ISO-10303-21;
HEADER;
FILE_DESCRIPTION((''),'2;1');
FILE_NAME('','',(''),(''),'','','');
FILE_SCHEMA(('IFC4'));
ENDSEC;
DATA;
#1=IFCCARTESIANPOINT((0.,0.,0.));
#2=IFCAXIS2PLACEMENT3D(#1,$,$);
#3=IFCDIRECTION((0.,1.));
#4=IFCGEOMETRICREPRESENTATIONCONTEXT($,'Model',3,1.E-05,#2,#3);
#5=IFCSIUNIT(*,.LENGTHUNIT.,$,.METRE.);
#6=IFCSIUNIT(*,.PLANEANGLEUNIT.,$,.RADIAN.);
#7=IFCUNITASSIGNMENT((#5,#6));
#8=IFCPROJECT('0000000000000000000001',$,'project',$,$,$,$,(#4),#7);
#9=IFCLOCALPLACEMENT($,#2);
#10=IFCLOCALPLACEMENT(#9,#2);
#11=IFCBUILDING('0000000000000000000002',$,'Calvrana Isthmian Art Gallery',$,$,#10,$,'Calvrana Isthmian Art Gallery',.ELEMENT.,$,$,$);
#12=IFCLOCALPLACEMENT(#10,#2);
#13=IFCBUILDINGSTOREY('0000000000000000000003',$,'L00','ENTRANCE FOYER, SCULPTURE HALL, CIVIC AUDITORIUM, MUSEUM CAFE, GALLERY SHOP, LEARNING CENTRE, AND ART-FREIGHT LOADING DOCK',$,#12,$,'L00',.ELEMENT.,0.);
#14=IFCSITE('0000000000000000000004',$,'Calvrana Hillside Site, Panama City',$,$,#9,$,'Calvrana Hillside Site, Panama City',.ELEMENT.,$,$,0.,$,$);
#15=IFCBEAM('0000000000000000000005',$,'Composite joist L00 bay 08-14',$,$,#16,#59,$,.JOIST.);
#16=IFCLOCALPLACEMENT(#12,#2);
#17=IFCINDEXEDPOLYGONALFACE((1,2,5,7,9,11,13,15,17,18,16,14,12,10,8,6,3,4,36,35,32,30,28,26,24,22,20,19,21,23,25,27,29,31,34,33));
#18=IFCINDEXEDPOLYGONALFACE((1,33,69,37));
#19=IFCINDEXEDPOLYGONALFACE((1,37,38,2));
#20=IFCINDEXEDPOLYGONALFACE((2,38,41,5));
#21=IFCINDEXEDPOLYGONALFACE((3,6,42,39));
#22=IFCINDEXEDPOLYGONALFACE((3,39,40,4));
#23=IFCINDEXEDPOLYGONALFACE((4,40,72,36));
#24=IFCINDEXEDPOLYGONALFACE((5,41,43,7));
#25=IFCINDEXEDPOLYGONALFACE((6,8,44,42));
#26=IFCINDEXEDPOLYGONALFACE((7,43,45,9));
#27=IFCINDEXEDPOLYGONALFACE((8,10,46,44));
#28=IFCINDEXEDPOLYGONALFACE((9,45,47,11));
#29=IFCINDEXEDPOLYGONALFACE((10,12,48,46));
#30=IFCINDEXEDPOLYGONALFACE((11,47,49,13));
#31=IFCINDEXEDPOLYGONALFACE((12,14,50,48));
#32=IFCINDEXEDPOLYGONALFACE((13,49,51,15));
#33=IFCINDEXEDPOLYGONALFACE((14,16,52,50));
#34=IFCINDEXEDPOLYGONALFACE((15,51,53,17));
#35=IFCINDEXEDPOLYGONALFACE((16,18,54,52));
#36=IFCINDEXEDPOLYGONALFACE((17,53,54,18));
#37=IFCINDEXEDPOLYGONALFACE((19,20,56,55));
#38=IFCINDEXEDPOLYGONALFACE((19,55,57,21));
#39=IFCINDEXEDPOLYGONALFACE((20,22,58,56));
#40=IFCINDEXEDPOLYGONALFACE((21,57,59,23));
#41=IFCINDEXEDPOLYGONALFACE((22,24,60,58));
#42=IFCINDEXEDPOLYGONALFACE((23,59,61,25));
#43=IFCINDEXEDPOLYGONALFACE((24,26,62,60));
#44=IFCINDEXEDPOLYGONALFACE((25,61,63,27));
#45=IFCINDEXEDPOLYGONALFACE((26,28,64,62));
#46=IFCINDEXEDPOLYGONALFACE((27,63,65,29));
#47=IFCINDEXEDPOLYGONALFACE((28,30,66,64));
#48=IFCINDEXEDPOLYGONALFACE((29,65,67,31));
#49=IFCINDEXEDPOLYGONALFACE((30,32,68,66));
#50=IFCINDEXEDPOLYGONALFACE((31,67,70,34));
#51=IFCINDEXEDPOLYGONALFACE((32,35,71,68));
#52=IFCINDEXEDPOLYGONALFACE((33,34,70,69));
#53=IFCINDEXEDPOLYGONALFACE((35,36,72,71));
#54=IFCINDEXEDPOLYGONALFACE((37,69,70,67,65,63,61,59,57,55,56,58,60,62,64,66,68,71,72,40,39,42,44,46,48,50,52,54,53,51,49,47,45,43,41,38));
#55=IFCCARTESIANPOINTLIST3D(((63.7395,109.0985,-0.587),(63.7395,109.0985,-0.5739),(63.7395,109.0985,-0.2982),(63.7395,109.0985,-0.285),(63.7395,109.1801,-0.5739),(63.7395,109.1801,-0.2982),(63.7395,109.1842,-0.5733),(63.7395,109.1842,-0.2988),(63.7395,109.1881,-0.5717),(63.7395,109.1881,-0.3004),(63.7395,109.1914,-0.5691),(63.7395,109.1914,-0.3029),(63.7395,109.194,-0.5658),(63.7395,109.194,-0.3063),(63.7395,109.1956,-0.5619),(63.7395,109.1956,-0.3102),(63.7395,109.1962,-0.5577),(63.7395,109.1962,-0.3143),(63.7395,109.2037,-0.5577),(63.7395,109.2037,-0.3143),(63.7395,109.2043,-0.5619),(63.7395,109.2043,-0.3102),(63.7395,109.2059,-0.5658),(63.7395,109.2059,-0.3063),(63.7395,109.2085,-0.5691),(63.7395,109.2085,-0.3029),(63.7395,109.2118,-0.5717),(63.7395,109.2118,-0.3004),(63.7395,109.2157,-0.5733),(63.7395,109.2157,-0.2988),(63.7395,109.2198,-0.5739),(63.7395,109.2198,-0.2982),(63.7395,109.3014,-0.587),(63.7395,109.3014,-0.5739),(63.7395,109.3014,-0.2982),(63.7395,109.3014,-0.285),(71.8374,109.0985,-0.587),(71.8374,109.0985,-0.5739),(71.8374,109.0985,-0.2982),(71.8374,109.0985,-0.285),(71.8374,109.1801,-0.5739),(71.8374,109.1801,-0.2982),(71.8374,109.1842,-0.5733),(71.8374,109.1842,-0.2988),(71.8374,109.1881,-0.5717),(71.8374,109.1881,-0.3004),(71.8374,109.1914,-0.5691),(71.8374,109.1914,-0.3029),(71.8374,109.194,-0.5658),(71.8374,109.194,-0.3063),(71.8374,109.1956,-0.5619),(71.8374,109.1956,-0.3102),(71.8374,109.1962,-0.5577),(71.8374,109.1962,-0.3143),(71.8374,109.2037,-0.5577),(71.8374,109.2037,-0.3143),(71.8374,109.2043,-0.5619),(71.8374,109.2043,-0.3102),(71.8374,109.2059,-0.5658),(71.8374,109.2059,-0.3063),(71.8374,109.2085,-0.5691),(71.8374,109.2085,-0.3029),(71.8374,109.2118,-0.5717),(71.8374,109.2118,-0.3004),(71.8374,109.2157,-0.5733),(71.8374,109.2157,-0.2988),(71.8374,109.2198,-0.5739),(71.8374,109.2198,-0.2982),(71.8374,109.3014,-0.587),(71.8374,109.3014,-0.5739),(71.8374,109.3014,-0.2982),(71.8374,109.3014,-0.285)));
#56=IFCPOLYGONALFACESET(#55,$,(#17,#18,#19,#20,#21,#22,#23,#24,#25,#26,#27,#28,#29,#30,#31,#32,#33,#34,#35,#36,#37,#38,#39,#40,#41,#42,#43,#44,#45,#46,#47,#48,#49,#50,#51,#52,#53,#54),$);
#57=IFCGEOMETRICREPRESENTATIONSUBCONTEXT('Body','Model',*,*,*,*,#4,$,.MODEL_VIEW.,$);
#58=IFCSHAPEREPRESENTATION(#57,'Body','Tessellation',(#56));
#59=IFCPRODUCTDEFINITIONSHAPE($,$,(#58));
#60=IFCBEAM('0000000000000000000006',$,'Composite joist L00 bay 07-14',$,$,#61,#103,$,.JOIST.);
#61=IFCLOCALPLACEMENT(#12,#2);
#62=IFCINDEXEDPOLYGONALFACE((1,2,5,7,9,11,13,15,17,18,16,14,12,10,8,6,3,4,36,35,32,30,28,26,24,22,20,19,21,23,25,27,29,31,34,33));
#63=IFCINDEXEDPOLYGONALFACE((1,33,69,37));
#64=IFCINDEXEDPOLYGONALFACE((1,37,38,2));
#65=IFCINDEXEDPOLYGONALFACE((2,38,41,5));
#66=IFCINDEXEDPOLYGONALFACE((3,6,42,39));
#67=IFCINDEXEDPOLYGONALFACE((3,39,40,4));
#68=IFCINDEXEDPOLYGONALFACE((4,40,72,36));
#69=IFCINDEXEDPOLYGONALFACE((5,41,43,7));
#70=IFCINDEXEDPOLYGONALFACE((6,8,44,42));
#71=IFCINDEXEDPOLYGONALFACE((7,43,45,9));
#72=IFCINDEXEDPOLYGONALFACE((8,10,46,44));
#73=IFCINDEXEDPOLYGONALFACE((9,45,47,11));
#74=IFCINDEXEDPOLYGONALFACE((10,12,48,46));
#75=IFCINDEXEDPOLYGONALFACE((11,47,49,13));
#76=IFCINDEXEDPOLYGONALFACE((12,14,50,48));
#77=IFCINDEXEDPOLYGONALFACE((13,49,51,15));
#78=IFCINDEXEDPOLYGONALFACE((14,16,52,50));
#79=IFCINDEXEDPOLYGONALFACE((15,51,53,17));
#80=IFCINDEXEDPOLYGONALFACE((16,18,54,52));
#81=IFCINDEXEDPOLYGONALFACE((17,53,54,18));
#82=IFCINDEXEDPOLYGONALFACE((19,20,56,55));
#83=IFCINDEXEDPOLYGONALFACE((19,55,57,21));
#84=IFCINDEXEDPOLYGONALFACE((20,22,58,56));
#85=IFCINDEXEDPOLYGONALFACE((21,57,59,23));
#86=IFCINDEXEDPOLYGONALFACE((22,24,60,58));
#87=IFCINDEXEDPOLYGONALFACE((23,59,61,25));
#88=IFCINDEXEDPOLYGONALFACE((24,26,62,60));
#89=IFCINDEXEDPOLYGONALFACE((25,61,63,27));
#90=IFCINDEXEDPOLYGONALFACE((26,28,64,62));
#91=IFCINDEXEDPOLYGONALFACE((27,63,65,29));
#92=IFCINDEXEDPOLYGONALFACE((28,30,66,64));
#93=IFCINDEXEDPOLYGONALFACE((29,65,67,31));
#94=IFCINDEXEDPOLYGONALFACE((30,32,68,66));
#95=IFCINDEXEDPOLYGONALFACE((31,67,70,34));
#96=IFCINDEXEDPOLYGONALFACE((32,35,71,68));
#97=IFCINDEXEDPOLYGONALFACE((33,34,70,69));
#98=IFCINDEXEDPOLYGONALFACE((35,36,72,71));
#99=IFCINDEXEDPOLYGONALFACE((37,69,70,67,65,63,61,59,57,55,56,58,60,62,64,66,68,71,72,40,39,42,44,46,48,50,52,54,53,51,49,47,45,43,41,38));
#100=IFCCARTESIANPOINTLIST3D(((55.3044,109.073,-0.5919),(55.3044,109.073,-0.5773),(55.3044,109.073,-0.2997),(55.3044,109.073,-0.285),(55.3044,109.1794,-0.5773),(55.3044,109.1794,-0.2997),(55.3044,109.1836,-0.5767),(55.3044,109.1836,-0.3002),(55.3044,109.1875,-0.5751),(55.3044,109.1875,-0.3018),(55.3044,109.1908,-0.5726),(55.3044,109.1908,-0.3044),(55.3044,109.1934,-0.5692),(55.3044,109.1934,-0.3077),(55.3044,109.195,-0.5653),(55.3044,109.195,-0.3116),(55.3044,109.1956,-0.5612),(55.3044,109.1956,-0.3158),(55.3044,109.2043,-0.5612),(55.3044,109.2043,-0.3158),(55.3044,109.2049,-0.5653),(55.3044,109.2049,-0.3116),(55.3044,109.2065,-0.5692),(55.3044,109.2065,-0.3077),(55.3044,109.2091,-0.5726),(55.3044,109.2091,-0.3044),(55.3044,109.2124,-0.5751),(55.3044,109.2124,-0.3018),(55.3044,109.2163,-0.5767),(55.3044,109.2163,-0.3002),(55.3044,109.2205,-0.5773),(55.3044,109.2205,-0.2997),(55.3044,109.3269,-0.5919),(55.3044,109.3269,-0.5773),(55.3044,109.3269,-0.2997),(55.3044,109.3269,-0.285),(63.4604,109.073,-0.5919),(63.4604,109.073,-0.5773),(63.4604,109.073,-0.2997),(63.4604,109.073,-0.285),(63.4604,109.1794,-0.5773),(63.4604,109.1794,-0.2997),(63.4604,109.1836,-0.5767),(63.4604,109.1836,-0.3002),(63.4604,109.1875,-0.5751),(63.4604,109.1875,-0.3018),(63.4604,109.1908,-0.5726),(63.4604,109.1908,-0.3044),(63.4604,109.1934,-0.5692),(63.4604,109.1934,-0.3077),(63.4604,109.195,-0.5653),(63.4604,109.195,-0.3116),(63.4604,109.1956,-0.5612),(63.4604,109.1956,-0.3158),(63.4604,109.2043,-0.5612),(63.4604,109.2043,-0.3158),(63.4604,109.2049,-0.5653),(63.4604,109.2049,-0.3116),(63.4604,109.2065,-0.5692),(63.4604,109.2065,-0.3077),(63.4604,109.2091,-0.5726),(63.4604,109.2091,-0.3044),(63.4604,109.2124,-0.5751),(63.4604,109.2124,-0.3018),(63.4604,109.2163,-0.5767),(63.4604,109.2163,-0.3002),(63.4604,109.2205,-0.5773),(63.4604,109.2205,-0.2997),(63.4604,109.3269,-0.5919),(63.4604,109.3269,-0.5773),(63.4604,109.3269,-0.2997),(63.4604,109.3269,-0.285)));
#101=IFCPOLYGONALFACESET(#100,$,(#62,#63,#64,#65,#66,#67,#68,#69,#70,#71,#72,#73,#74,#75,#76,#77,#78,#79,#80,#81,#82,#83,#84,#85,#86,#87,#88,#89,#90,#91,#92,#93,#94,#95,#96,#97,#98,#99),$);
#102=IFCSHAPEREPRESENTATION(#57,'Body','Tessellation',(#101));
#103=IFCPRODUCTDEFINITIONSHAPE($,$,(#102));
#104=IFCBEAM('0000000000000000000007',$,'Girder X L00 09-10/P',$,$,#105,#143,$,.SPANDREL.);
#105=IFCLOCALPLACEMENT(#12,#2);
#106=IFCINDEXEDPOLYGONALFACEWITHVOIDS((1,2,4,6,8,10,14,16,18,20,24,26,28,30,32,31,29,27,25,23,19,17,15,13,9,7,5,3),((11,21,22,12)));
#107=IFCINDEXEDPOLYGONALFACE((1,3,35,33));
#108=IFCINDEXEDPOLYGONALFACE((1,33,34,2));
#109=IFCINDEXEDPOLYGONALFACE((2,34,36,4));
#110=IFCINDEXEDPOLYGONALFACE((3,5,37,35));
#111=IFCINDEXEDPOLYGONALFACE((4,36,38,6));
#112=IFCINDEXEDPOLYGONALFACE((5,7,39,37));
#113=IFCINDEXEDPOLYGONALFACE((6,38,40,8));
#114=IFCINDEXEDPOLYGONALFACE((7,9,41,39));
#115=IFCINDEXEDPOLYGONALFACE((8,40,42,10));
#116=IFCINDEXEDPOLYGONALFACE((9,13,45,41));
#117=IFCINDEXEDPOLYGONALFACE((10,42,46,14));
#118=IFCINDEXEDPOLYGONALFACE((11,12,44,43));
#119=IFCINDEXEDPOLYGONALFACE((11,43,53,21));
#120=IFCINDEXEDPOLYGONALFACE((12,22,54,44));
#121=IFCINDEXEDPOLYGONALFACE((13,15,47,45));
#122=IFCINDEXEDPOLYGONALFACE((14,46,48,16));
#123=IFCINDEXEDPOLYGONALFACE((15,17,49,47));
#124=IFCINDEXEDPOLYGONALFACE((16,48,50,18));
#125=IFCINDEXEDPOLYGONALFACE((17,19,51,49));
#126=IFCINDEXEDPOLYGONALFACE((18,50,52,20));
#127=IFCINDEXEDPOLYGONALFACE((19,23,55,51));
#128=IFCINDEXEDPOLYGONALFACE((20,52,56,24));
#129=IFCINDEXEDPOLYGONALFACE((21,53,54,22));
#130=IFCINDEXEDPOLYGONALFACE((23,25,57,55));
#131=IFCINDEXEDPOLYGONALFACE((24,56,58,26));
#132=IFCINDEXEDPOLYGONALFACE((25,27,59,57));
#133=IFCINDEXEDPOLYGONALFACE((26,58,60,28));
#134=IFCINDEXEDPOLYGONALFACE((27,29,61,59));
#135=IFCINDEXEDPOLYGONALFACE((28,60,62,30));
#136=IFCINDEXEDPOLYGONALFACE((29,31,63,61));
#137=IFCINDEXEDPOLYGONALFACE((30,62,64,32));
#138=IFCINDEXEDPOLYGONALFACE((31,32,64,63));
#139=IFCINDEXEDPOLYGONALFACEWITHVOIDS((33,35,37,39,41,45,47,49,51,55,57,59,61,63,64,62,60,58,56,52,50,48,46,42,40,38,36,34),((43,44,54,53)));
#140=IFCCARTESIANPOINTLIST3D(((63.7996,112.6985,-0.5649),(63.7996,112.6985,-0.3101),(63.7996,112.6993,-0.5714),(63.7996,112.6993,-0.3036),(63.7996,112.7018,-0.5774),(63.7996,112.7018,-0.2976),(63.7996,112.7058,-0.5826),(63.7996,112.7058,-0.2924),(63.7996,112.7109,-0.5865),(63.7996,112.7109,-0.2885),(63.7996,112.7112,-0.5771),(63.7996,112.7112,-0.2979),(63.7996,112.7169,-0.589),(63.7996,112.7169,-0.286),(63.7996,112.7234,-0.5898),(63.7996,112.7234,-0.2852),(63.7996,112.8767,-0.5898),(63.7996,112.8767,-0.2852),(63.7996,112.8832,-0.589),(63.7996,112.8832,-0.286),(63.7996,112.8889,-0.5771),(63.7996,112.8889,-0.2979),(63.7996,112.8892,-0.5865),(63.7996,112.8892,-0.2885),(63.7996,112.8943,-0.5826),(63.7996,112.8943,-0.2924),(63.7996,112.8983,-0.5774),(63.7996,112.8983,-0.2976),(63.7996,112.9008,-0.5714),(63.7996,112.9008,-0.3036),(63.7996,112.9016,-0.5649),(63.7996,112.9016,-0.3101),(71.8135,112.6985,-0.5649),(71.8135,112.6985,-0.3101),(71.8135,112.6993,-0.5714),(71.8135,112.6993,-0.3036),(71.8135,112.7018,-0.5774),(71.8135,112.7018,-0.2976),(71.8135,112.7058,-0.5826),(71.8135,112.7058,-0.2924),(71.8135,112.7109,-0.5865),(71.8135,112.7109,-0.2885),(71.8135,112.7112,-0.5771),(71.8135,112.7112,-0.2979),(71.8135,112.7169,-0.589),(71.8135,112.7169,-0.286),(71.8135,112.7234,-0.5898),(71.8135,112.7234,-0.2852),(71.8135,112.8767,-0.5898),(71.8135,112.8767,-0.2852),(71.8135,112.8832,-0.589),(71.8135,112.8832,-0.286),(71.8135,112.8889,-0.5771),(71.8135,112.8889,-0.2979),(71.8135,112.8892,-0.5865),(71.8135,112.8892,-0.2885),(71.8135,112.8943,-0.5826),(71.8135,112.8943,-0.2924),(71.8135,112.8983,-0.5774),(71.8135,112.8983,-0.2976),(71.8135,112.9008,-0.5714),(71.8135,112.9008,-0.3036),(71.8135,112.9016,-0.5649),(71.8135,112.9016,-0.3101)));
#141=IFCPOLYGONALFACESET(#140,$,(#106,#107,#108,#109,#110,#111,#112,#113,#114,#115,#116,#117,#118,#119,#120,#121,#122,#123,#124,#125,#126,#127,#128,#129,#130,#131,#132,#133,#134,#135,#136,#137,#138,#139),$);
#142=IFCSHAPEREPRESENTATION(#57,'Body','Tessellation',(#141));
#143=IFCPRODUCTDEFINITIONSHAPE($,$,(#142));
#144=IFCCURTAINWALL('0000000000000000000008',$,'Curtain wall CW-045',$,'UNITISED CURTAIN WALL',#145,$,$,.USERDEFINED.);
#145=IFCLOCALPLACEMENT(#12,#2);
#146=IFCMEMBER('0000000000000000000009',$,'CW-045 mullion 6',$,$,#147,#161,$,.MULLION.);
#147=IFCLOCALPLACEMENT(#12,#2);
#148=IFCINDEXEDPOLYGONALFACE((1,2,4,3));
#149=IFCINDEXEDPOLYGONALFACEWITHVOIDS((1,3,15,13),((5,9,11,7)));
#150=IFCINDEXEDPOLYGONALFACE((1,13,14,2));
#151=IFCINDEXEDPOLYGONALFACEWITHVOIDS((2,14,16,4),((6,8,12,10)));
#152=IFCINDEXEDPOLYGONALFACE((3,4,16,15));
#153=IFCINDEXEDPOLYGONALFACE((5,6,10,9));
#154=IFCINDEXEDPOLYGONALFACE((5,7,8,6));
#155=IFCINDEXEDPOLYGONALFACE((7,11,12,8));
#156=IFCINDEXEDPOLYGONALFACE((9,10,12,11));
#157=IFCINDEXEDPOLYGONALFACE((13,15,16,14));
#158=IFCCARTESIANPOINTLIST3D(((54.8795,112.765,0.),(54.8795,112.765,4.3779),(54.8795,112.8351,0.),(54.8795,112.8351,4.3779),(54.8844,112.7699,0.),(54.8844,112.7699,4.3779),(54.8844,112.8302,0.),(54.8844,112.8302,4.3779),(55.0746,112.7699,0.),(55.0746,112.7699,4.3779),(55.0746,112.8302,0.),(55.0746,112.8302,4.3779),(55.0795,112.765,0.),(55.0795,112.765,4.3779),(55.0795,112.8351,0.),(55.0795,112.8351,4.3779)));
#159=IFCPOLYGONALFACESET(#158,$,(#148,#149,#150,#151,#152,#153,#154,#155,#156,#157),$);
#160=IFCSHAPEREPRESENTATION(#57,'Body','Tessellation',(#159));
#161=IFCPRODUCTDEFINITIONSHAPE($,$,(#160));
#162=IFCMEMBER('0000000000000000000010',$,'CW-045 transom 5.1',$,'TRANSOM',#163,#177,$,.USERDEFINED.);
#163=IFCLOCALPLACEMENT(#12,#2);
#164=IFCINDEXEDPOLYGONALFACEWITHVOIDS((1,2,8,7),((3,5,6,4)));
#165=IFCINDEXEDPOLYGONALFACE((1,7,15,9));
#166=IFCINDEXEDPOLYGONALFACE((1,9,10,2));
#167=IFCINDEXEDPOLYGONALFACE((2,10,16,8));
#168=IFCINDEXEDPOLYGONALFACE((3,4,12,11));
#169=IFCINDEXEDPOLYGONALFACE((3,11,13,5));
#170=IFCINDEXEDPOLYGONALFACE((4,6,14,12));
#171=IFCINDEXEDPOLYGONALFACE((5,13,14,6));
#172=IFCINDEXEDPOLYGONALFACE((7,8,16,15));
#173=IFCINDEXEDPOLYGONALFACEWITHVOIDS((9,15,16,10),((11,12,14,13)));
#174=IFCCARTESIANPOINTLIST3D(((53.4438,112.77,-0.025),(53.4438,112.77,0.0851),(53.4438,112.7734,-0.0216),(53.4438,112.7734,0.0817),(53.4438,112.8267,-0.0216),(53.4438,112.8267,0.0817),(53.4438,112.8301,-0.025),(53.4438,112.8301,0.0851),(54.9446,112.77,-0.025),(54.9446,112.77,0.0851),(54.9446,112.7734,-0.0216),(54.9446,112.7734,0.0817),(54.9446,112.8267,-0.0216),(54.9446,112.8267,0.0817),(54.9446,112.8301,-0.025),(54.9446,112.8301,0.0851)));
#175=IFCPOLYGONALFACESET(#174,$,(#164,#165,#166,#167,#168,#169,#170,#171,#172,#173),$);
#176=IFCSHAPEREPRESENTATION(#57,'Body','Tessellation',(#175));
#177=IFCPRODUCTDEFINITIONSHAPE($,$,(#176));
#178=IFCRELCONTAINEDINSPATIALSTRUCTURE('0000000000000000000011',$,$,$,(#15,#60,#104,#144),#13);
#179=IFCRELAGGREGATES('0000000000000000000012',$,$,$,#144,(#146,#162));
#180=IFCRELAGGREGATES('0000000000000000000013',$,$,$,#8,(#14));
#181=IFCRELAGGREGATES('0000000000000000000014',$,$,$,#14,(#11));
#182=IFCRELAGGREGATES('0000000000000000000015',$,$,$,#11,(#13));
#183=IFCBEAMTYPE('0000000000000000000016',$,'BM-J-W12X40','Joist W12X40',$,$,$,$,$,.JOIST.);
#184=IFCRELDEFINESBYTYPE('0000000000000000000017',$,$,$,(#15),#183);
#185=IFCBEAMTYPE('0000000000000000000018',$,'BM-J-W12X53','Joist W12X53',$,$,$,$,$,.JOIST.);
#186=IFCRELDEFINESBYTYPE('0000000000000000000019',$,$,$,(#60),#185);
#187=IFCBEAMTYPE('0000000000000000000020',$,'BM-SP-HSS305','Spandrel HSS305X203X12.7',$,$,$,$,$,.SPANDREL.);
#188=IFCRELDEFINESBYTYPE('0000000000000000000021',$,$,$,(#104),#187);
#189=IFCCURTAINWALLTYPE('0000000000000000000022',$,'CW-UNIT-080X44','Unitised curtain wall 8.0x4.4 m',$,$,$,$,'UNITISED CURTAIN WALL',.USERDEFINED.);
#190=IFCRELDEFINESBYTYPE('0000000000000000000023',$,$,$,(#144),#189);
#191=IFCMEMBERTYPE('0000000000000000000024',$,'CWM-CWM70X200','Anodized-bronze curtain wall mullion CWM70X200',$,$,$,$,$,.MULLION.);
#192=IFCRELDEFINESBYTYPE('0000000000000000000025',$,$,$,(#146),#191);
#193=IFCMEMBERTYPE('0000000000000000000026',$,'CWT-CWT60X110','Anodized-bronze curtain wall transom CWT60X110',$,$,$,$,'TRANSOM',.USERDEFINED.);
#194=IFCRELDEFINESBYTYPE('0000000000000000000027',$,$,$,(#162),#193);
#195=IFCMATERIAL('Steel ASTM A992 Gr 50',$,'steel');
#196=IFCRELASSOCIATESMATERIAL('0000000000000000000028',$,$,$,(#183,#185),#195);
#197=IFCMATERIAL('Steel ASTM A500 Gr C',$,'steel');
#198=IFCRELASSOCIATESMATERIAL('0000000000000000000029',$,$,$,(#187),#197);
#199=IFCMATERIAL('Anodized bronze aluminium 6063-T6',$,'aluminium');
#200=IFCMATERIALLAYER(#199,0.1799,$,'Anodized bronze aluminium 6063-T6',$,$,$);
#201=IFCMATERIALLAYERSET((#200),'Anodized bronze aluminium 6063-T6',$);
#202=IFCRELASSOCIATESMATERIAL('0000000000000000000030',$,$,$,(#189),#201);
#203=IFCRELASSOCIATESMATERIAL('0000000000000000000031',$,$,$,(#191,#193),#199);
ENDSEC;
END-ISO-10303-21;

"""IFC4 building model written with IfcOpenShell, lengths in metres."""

from ifc_helpers import new_model, si_unit, direction, frame, origin, origin_2d, place, context, subcontext, project, spatial, hollow_rectangle, i_section, extrude, material, layer, layer_set, material_profile, profile_set, type_object, element, aggregate, save


model = new_model("IFC4")

# Units and contexts
model_context = context("Model", 3, precision=1e-05, world=origin(), true_north=direction((0.0, 1.0)))
body_context = subcontext(model_context, "Body", "Model", "MODEL_VIEW")
ifc_project = project(units=[si_unit("LENGTHUNIT", "METRE"), si_unit("PLANEANGLEUNIT", "RADIAN")], contexts=[model_context])

# Site, building, storey
site_placement = place(None, origin())
site = spatial("IfcSite", under=ifc_project, at=site_placement, Name="Calvrana Hillside Site, Panama City", LongName="Calvrana Hillside Site, Panama City", CompositionType="ELEMENT", RefElevation=0.0)
building_placement = place(site_placement, origin())
building = spatial("IfcBuilding", under=site, at=building_placement, Name="Calvrana Isthmian Art Gallery", LongName="Calvrana Isthmian Art Gallery", CompositionType="ELEMENT")
storey_placement = place(building_placement, origin())
storey = spatial("IfcBuildingStorey", under=building, at=storey_placement, Name="L00", Description="ENTRANCE FOYER, SCULPTURE HALL, CIVIC AUDITORIUM, MUSEUM CAFE, GALLERY SHOP, LEARNING CENTRE, AND ART-FREIGHT LOADING DOCK", LongName="L00", CompositionType="ELEMENT", Elevation=0.0)

# Shared definitions
ifc_material_1 = material(Name="Steel ASTM A992 Gr 50", Category="steel")

# Beams
ifc_material_profile_1 = material_profile(ifc_material_1, i_section(OverallWidth=0.2029, OverallDepth=0.302, WebThickness=0.0076, FlangeThickness=0.0132, FilletRadius=0.0161, at=origin_2d()), Name="W12X40")
ifc_profile_set_1 = profile_set([ifc_material_profile_1], Name="Steel ASTM A992 Gr 50")
beam_type_1 = type_object("IfcBeamType", Name="BM-J-W12X40", Description="Joist W12X40", PredefinedType="JOIST", material=ifc_profile_set_1)
beam_1_placement = place(storey_placement, frame((63.7395, 109.2, -0.436), z_axis=(1.0, 0.0, 0.0), x_axis=(0.0, 1.0, 0.0)))
element("IfcBeam", 1, at=beam_1_placement, inside=storey, type_object=beam_type_1, Name="Composite joist L00 bay 08-14", PredefinedType="JOIST", context=body_context, shape_type="SweptSolid", body=[
    extrude(i_section(OverallWidth=0.2029, OverallDepth=0.302, WebThickness=0.0076, FlangeThickness=0.0132, FilletRadius=0.0161, at=origin_2d()), origin(), (0.0, 0.0, 1.0), 8.0979),
])
ifc_material_profile_2 = material_profile(ifc_material_1, i_section(OverallWidth=0.2539, OverallDepth=0.3069, WebThickness=0.0088, FlangeThickness=0.0146, FilletRadius=0.0161, at=origin_2d()), Name="W12X53")
ifc_profile_set_2 = profile_set([ifc_material_profile_2], Name="Steel ASTM A992 Gr 50")
beam_type_2 = type_object("IfcBeamType", Name="BM-J-W12X53", Description="Joist W12X53", PredefinedType="JOIST", material=ifc_profile_set_2)
beam_2_placement = place(storey_placement, frame((55.3044, 109.2, -0.4385), z_axis=(1.0, 0.0, 0.0), x_axis=(0.0, 1.0, 0.0)))
element("IfcBeam", 2, at=beam_2_placement, inside=storey, type_object=beam_type_2, Name="Composite joist L00 bay 07-14", PredefinedType="JOIST", context=body_context, shape_type="SweptSolid", body=[
    extrude(i_section(OverallWidth=0.2539, OverallDepth=0.3069, WebThickness=0.0088, FlangeThickness=0.0146, FilletRadius=0.0161, at=origin_2d()), origin(), (0.0, 0.0, 1.0), 8.156),
])
ifc_material_2 = material(Name="Steel ASTM A500 Gr C", Category="steel")
ifc_material_profile_3 = material_profile(ifc_material_2, hollow_rectangle(XDim=0.2031, YDim=0.3047, WallThickness=0.0127, OuterFilletRadius=0.0249, at=origin_2d()), Name="HSS305X203X12.7")
ifc_profile_set_3 = profile_set([ifc_material_profile_3], Name="Steel ASTM A500 Gr C")
beam_type_3 = type_object("IfcBeamType", Name="BM-SP-HSS305", Description="Spandrel HSS305X203X12.7", PredefinedType="SPANDREL", material=ifc_profile_set_3)
beam_3_placement = place(storey_placement, frame((63.7996, 112.8, -0.4375), z_axis=(1.0, 0.0, 0.0), x_axis=(0.0, 1.0, 0.0)))
element("IfcBeam", 3, at=beam_3_placement, inside=storey, type_object=beam_type_3, Name="Girder X L00 09-10/P", PredefinedType="SPANDREL", context=body_context, shape_type="SweptSolid", body=[
    extrude(hollow_rectangle(XDim=0.2031, YDim=0.3047, WallThickness=0.0127, OuterFilletRadius=0.0249, at=origin_2d()), origin(), (0.0, 0.0, 1.0), 8.0139),
])

# Curtain wall, members
ifc_material_3 = material(Name="Anodized bronze aluminium 6063-T6", Category="aluminium")
ifc_layer_1 = layer(ifc_material_3, 0.1799, Name="Anodized bronze aluminium 6063-T6")
ifc_layer_set_1 = layer_set([ifc_layer_1], Name="Anodized bronze aluminium 6063-T6")
curtain_wall_type = type_object("IfcCurtainWallType", Name="CW-UNIT-080X44", Description="Unitised curtain wall 8.0x4.4 m", ElementType="UNITISED CURTAIN WALL", PredefinedType="USERDEFINED", material=ifc_layer_set_1)
curtain_wall_placement = place(storey_placement, origin())
curtain_wall = element("IfcCurtainWall", 4, at=curtain_wall_placement, inside=storey, type_object=curtain_wall_type, Name="Curtain wall CW-045", ObjectType="UNITISED CURTAIN WALL", PredefinedType="USERDEFINED")
ifc_material_profile_4 = material_profile(ifc_material_3, hollow_rectangle(XDim=0.0701, YDim=0.2, WallThickness=0.0049, at=origin_2d()), Name="CWM70X200")
ifc_profile_set_4 = profile_set([ifc_material_profile_4], Name="Anodized bronze aluminium 6063-T6")
member_type_1 = type_object("IfcMemberType", Name="CWM-CWM70X200", Description="Anodized-bronze curtain wall mullion CWM70X200", PredefinedType="MULLION", material=ifc_profile_set_4)
member_1_placement = place(storey_placement, frame((54.9795, 112.8, 0.0), z_axis=(0.0, 0.0, 1.0), x_axis=(0.0, 1.0, 0.0)))
member_1 = element("IfcMember", 5, at=member_1_placement, type_object=member_type_1, Name="CW-045 mullion 6", PredefinedType="MULLION", context=body_context, shape_type="SweptSolid", body=[
    extrude(hollow_rectangle(XDim=0.0701, YDim=0.2, WallThickness=0.0049, at=origin_2d()), origin(), (0.0, 0.0, 1.0), 4.3779),
])
ifc_material_profile_5 = material_profile(ifc_material_3, hollow_rectangle(XDim=0.0601, YDim=0.1101, WallThickness=0.0034, at=origin_2d()), Name="CWT60X110")
ifc_profile_set_5 = profile_set([ifc_material_profile_5], Name="Anodized bronze aluminium 6063-T6")
member_type_2 = type_object("IfcMemberType", Name="CWT-CWT60X110", Description="Anodized-bronze curtain wall transom CWT60X110", ElementType="TRANSOM", PredefinedType="USERDEFINED", material=ifc_profile_set_5)
member_2_placement = place(storey_placement, frame((53.4438, 112.8, 0.03), z_axis=(1.0, 0.0, 0.0), x_axis=(0.0, 1.0, 0.0)))
member_2 = element("IfcMember", 6, at=member_2_placement, type_object=member_type_2, Name="CW-045 transom 5.1", ObjectType="TRANSOM", PredefinedType="USERDEFINED", context=body_context, shape_type="SweptSolid", body=[
    extrude(hollow_rectangle(XDim=0.0601, YDim=0.1101, WallThickness=0.0034, at=origin_2d()), origin(), (0.0, 0.0, 1.0), 1.5007),
])
aggregate(curtain_wall, [member_1, member_2])

save(model, "model.ifc")
